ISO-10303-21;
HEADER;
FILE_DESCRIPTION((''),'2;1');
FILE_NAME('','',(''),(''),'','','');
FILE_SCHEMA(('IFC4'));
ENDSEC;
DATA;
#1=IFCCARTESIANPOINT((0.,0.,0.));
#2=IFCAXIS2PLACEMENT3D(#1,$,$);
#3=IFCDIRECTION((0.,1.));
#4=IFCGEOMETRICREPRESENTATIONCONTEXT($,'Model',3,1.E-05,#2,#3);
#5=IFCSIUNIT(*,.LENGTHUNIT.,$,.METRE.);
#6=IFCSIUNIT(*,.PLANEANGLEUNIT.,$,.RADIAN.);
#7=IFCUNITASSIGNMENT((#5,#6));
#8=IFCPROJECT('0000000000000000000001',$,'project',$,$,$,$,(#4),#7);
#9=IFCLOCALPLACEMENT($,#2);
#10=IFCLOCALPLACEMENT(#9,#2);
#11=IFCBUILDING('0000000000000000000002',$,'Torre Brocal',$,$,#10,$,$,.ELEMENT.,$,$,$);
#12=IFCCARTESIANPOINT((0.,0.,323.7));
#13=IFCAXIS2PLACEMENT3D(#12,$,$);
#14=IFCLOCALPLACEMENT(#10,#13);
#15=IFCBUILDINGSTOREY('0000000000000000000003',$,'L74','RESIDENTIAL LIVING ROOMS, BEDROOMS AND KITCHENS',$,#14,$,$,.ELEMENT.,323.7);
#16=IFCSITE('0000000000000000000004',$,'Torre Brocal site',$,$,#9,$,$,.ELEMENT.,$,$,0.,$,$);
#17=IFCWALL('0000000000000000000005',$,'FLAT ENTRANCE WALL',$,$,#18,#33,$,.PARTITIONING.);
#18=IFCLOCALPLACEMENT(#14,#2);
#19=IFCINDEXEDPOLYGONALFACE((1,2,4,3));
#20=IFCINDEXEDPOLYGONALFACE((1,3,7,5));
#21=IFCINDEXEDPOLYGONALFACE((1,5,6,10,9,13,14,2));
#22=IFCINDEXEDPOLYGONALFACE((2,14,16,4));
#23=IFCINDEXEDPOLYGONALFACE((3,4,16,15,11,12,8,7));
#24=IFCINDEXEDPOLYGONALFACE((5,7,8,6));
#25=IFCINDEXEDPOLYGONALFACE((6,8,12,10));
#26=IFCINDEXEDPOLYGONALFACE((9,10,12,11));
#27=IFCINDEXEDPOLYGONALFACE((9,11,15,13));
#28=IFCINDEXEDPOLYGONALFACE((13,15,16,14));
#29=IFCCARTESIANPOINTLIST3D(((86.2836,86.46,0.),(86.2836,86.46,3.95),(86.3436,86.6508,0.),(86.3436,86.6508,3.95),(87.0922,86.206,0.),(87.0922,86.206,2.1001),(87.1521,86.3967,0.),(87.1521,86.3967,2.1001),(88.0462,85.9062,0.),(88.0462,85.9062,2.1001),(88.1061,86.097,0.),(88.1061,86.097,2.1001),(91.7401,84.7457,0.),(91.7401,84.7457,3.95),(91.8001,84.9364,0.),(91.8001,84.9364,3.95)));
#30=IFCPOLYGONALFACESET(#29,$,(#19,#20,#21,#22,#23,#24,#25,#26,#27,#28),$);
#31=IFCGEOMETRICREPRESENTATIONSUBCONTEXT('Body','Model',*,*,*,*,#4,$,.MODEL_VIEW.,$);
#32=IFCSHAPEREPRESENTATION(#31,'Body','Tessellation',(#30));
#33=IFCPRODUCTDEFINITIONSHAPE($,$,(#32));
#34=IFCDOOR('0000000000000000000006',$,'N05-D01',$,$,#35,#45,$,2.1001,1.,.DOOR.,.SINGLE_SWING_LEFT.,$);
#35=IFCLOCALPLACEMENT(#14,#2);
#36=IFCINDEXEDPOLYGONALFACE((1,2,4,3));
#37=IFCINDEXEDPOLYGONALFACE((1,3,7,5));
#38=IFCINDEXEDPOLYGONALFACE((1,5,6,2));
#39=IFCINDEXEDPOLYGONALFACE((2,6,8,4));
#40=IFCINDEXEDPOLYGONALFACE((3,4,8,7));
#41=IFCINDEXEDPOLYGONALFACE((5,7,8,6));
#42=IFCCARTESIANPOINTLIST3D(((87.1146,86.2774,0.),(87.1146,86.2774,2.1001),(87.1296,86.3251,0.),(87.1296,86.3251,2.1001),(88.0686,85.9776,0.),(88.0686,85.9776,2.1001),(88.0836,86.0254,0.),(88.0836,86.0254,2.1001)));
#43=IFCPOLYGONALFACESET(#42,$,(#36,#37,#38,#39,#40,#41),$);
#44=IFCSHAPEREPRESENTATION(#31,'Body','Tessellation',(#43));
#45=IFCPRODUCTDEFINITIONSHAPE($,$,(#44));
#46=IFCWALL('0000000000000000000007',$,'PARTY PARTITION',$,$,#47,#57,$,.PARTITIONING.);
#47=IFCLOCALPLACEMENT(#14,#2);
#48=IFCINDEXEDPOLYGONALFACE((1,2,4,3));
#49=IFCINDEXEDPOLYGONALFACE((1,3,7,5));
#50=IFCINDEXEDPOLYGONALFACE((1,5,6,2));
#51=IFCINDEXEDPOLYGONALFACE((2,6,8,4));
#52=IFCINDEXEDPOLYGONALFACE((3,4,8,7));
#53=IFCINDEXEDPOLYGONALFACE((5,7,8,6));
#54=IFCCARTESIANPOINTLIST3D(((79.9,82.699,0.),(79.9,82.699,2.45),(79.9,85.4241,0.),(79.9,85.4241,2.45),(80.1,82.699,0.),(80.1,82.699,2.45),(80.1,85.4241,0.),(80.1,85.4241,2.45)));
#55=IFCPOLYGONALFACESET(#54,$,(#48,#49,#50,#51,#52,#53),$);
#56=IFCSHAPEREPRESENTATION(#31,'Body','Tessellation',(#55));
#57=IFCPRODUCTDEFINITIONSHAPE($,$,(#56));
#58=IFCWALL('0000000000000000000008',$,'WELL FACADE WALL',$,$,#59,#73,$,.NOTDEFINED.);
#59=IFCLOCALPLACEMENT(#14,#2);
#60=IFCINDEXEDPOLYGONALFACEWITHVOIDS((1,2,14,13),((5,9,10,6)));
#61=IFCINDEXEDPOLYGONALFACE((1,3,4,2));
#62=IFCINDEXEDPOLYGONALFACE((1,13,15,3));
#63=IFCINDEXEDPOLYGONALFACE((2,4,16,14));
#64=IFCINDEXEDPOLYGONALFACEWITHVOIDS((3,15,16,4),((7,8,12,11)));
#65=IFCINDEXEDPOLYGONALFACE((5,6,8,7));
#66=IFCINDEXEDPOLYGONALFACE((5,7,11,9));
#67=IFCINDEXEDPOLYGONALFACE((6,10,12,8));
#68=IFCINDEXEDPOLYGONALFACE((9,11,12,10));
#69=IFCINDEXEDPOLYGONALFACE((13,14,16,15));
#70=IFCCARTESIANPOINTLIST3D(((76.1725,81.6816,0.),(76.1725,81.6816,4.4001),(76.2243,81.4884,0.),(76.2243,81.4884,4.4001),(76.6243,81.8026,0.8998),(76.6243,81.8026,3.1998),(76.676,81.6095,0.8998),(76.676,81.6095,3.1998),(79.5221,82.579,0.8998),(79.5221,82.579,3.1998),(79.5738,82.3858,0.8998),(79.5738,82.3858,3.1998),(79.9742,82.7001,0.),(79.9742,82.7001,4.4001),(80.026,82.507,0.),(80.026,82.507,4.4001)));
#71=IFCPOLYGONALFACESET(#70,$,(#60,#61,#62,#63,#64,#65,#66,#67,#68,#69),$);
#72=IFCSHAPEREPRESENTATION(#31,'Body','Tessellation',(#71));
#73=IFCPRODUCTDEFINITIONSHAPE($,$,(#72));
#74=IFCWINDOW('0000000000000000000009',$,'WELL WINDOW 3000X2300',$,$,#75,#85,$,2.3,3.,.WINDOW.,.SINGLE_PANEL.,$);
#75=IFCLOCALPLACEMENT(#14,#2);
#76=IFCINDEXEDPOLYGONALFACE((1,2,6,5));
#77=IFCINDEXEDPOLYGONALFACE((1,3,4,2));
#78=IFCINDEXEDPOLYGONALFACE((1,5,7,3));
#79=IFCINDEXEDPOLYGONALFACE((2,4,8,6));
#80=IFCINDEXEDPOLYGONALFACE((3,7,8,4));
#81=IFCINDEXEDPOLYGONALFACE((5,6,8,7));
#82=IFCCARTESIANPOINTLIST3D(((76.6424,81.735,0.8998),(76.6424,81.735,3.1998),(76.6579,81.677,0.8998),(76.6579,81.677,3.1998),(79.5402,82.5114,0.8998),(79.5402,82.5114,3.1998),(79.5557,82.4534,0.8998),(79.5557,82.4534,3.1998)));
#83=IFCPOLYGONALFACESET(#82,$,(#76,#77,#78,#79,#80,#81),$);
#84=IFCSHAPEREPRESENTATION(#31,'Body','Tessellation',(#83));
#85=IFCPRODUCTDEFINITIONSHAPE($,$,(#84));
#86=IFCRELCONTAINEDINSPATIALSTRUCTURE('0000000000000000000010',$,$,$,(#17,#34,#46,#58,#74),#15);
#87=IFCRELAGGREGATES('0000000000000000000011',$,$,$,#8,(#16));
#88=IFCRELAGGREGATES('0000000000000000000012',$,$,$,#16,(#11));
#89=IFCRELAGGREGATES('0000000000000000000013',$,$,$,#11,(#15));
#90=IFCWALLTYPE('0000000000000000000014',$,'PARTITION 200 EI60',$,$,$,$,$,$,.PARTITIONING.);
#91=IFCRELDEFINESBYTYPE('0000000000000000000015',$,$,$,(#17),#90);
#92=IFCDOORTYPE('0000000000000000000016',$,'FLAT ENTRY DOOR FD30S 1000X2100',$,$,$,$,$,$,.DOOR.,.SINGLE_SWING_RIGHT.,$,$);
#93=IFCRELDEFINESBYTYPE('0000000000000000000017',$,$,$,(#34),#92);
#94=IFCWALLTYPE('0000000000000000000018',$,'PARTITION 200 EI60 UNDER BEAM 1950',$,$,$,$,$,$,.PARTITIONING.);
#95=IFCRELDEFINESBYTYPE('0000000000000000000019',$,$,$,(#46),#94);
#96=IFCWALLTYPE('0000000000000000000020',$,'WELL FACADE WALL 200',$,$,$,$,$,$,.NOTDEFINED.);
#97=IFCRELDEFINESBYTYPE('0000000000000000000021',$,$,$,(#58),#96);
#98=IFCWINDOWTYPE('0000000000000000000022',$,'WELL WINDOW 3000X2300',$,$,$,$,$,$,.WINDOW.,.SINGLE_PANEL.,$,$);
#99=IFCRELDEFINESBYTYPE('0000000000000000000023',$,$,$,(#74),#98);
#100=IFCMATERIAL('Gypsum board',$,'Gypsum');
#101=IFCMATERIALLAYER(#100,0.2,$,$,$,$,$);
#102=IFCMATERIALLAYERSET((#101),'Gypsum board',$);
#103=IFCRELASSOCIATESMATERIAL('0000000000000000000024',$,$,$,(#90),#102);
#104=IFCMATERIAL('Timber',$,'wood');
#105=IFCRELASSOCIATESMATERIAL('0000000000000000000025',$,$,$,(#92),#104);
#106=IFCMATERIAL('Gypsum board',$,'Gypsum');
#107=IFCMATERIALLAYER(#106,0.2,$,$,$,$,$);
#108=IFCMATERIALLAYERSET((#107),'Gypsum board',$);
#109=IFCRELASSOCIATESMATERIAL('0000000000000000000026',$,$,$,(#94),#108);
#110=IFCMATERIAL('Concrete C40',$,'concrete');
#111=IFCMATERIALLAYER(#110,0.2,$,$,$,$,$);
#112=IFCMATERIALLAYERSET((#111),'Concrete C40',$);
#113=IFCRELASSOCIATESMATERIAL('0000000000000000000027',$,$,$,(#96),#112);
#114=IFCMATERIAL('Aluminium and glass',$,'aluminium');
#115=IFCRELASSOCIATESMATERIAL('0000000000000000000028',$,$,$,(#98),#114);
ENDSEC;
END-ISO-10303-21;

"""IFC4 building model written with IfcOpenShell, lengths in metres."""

from ifc_helpers import new_model, si_unit, direction, frame, frame_2d, origin, place, context, subcontext, project, spatial, rectangle, extrude, material, layer, layer_set, type_object, element, fill, save


model = new_model("IFC4")

# Units and contexts
model_context = context("Model", 3, precision=1e-05, world=origin(), true_north=direction((0.0, 1.0)))
body_context = subcontext(model_context, "Body", "Model", "MODEL_VIEW")
ifc_project = project(units=[si_unit("LENGTHUNIT", "METRE"), si_unit("PLANEANGLEUNIT", "RADIAN")], contexts=[model_context])

# Site, building, storey
site_placement = place(None, origin())
site = spatial("IfcSite", under=ifc_project, at=site_placement, Name="Torre Brocal site", CompositionType="ELEMENT", RefElevation=0.0)
building_placement = place(site_placement, origin())
building = spatial("IfcBuilding", under=site, at=building_placement, Name="Torre Brocal", CompositionType="ELEMENT")
storey_placement = place(building_placement, frame((0.0, 0.0, 323.7)))
storey = spatial("IfcBuildingStorey", under=building, at=storey_placement, Name="L74", Description="RESIDENTIAL LIVING ROOMS, BEDROOMS AND KITCHENS", CompositionType="ELEMENT", Elevation=323.7)

# Shared definitions
ifc_material_1 = material(Name="Gypsum board", Category="Gypsum")
ifc_layer_1 = layer(ifc_material_1, 0.2)
ifc_layer_set_1 = layer_set([ifc_layer_1], Name="Gypsum board")
wall_type_1 = type_object("IfcWallType", Name="PARTITION 200 EI60", PredefinedType="PARTITIONING", material=ifc_layer_set_1)

# Wall, opening, door
wall_1_placement = place(storey_placement, frame((86.3135, 86.5554, 0.0), z_axis=(0.0, 0.0, 1.0), x_axis=(0.954022, -0.299738, 0.0)))
wall_1 = element("IfcWall", 1, at=wall_1_placement, inside=storey, type_object=wall_type_1, Name="FLAT ENTRANCE WALL", PredefinedType="PARTITIONING", context=body_context, shape_type="SweptSolid", body=[
    extrude(rectangle(XDim=5.7195, YDim=0.2, at=frame_2d((2.8599, 0.0))), origin(), (0.0, 0.0, 1.0), 3.95),
])
opening_1_placement = place(wall_1_placement, frame((0.8477, 0.0, 0.0)))
opening_1 = element("IfcOpeningElement", 2, at=opening_1_placement, cuts=wall_1, PredefinedType="OPENING", context=body_context, shape_type="SweptSolid", body=[
    extrude(rectangle(XDim=1.0, YDim=2.1001, at=frame_2d((0.5, 1.05))), frame((0.0, 0.1099, 0.0), z_axis=(0.0, -1.0, 0.0), x_axis=(1.0, 0.0, 0.0)), (0.0, 0.0, 1.0), 0.22),
])
ifc_material_2 = material(Name="Timber", Category="wood")
door_type_1 = type_object("IfcDoorType", Name="FLAT ENTRY DOOR FD30S 1000X2100", OperationType="SINGLE_SWING_RIGHT", PredefinedType="DOOR", material=ifc_material_2)
door_1_placement = place(opening_1_placement, origin())
door_1 = element("IfcDoor", 3, at=door_1_placement, inside=storey, type_object=door_type_1, Name="N05-D01", OperationType="SINGLE_SWING_LEFT", OverallHeight=2.1001, OverallWidth=1.0, PredefinedType="DOOR", context=body_context, shape_type="SweptSolid", body=[
    extrude(rectangle(XDim=1.0, YDim=2.1001, at=frame_2d((0.5, 1.05))), frame((0.0, 0.0249, 0.0), z_axis=(0.0, -1.0, 0.0), x_axis=(1.0, 0.0, 0.0)), (0.0, 0.0, 1.0), 0.05),
])
fill(opening_1, door_1)

# Wall
ifc_material_3 = material(Name="Gypsum board", Category="Gypsum")
ifc_layer_2 = layer(ifc_material_3, 0.2)
ifc_layer_set_2 = layer_set([ifc_layer_2], Name="Gypsum board")
wall_type_2 = type_object("IfcWallType", Name="PARTITION 200 EI60 UNDER BEAM 1950", PredefinedType="PARTITIONING", material=ifc_layer_set_2)
wall_2_placement = place(storey_placement, frame((80.0, 82.699, 0.0), z_axis=(0.0, 0.0, 1.0), x_axis=(0.0, 1.0, 0.0)))
element("IfcWall", 4, at=wall_2_placement, inside=storey, type_object=wall_type_2, Name="PARTY PARTITION", PredefinedType="PARTITIONING", context=body_context, shape_type="SweptSolid", body=[
    extrude(rectangle(XDim=2.7251, YDim=0.2, at=frame_2d((1.3625, 0.0))), origin(), (0.0, 0.0, 1.0), 2.45),
])

# Wall, opening, window
ifc_material_4 = material(Name="Concrete C40", Category="concrete")
ifc_layer_3 = layer(ifc_material_4, 0.2)
ifc_layer_set_3 = layer_set([ifc_layer_3], Name="Concrete C40")
wall_type_3 = type_object("IfcWallType", Name="WELL FACADE WALL 200", PredefinedType="NOTDEFINED", material=ifc_layer_set_3)
wall_3_placement = place(storey_placement, frame((80.0, 82.6035, 0.0), z_axis=(0.0, 0.0, 1.0), x_axis=(-0.965934, -0.25879, 0.0)))
wall_3 = element("IfcWall", 5, at=wall_3_placement, inside=storey, type_object=wall_type_3, Name="WELL FACADE WALL", PredefinedType="NOTDEFINED", context=body_context, shape_type="SweptSolid", body=[
    extrude(rectangle(XDim=3.9358, YDim=0.2, at=frame_2d((1.9678, 0.0))), origin(), (0.0, 0.0, 1.0), 4.4001),
])
opening_2_placement = place(wall_3_placement, frame((0.468, 0.0, 0.8999)))
opening_2 = element("IfcOpeningElement", 6, at=opening_2_placement, cuts=wall_3, PredefinedType="OPENING", context=body_context, shape_type="SweptSolid", body=[
    extrude(rectangle(XDim=3.0, YDim=2.3, at=frame_2d((1.5, 1.1499))), frame((0.0, 0.1099, 0.0), z_axis=(0.0, -1.0, 0.0), x_axis=(1.0, 0.0, 0.0)), (0.0, 0.0, 1.0), 0.22),
])
ifc_material_5 = material(Name="Aluminium and glass", Category="aluminium")
window_type = type_object("IfcWindowType", Name="WELL WINDOW 3000X2300", PartitioningType="SINGLE_PANEL", PredefinedType="WINDOW", material=ifc_material_5)
window_placement = place(opening_2_placement, origin())
window = element("IfcWindow", 7, at=window_placement, inside=storey, type_object=window_type, Name="WELL WINDOW 3000X2300", OverallHeight=2.3, OverallWidth=3.0, PartitioningType="SINGLE_PANEL", PredefinedType="WINDOW", context=body_context, shape_type="SweptSolid", body=[
    extrude(rectangle(XDim=3.0, YDim=2.3, at=frame_2d((1.5, 1.1499))), frame((0.0, 0.03, 0.0), z_axis=(0.0, -1.0, 0.0), x_axis=(1.0, 0.0, 0.0)), (0.0, 0.0, 1.0), 0.0601),
])
fill(opening_2, window)

save(model, "model.ifc")
